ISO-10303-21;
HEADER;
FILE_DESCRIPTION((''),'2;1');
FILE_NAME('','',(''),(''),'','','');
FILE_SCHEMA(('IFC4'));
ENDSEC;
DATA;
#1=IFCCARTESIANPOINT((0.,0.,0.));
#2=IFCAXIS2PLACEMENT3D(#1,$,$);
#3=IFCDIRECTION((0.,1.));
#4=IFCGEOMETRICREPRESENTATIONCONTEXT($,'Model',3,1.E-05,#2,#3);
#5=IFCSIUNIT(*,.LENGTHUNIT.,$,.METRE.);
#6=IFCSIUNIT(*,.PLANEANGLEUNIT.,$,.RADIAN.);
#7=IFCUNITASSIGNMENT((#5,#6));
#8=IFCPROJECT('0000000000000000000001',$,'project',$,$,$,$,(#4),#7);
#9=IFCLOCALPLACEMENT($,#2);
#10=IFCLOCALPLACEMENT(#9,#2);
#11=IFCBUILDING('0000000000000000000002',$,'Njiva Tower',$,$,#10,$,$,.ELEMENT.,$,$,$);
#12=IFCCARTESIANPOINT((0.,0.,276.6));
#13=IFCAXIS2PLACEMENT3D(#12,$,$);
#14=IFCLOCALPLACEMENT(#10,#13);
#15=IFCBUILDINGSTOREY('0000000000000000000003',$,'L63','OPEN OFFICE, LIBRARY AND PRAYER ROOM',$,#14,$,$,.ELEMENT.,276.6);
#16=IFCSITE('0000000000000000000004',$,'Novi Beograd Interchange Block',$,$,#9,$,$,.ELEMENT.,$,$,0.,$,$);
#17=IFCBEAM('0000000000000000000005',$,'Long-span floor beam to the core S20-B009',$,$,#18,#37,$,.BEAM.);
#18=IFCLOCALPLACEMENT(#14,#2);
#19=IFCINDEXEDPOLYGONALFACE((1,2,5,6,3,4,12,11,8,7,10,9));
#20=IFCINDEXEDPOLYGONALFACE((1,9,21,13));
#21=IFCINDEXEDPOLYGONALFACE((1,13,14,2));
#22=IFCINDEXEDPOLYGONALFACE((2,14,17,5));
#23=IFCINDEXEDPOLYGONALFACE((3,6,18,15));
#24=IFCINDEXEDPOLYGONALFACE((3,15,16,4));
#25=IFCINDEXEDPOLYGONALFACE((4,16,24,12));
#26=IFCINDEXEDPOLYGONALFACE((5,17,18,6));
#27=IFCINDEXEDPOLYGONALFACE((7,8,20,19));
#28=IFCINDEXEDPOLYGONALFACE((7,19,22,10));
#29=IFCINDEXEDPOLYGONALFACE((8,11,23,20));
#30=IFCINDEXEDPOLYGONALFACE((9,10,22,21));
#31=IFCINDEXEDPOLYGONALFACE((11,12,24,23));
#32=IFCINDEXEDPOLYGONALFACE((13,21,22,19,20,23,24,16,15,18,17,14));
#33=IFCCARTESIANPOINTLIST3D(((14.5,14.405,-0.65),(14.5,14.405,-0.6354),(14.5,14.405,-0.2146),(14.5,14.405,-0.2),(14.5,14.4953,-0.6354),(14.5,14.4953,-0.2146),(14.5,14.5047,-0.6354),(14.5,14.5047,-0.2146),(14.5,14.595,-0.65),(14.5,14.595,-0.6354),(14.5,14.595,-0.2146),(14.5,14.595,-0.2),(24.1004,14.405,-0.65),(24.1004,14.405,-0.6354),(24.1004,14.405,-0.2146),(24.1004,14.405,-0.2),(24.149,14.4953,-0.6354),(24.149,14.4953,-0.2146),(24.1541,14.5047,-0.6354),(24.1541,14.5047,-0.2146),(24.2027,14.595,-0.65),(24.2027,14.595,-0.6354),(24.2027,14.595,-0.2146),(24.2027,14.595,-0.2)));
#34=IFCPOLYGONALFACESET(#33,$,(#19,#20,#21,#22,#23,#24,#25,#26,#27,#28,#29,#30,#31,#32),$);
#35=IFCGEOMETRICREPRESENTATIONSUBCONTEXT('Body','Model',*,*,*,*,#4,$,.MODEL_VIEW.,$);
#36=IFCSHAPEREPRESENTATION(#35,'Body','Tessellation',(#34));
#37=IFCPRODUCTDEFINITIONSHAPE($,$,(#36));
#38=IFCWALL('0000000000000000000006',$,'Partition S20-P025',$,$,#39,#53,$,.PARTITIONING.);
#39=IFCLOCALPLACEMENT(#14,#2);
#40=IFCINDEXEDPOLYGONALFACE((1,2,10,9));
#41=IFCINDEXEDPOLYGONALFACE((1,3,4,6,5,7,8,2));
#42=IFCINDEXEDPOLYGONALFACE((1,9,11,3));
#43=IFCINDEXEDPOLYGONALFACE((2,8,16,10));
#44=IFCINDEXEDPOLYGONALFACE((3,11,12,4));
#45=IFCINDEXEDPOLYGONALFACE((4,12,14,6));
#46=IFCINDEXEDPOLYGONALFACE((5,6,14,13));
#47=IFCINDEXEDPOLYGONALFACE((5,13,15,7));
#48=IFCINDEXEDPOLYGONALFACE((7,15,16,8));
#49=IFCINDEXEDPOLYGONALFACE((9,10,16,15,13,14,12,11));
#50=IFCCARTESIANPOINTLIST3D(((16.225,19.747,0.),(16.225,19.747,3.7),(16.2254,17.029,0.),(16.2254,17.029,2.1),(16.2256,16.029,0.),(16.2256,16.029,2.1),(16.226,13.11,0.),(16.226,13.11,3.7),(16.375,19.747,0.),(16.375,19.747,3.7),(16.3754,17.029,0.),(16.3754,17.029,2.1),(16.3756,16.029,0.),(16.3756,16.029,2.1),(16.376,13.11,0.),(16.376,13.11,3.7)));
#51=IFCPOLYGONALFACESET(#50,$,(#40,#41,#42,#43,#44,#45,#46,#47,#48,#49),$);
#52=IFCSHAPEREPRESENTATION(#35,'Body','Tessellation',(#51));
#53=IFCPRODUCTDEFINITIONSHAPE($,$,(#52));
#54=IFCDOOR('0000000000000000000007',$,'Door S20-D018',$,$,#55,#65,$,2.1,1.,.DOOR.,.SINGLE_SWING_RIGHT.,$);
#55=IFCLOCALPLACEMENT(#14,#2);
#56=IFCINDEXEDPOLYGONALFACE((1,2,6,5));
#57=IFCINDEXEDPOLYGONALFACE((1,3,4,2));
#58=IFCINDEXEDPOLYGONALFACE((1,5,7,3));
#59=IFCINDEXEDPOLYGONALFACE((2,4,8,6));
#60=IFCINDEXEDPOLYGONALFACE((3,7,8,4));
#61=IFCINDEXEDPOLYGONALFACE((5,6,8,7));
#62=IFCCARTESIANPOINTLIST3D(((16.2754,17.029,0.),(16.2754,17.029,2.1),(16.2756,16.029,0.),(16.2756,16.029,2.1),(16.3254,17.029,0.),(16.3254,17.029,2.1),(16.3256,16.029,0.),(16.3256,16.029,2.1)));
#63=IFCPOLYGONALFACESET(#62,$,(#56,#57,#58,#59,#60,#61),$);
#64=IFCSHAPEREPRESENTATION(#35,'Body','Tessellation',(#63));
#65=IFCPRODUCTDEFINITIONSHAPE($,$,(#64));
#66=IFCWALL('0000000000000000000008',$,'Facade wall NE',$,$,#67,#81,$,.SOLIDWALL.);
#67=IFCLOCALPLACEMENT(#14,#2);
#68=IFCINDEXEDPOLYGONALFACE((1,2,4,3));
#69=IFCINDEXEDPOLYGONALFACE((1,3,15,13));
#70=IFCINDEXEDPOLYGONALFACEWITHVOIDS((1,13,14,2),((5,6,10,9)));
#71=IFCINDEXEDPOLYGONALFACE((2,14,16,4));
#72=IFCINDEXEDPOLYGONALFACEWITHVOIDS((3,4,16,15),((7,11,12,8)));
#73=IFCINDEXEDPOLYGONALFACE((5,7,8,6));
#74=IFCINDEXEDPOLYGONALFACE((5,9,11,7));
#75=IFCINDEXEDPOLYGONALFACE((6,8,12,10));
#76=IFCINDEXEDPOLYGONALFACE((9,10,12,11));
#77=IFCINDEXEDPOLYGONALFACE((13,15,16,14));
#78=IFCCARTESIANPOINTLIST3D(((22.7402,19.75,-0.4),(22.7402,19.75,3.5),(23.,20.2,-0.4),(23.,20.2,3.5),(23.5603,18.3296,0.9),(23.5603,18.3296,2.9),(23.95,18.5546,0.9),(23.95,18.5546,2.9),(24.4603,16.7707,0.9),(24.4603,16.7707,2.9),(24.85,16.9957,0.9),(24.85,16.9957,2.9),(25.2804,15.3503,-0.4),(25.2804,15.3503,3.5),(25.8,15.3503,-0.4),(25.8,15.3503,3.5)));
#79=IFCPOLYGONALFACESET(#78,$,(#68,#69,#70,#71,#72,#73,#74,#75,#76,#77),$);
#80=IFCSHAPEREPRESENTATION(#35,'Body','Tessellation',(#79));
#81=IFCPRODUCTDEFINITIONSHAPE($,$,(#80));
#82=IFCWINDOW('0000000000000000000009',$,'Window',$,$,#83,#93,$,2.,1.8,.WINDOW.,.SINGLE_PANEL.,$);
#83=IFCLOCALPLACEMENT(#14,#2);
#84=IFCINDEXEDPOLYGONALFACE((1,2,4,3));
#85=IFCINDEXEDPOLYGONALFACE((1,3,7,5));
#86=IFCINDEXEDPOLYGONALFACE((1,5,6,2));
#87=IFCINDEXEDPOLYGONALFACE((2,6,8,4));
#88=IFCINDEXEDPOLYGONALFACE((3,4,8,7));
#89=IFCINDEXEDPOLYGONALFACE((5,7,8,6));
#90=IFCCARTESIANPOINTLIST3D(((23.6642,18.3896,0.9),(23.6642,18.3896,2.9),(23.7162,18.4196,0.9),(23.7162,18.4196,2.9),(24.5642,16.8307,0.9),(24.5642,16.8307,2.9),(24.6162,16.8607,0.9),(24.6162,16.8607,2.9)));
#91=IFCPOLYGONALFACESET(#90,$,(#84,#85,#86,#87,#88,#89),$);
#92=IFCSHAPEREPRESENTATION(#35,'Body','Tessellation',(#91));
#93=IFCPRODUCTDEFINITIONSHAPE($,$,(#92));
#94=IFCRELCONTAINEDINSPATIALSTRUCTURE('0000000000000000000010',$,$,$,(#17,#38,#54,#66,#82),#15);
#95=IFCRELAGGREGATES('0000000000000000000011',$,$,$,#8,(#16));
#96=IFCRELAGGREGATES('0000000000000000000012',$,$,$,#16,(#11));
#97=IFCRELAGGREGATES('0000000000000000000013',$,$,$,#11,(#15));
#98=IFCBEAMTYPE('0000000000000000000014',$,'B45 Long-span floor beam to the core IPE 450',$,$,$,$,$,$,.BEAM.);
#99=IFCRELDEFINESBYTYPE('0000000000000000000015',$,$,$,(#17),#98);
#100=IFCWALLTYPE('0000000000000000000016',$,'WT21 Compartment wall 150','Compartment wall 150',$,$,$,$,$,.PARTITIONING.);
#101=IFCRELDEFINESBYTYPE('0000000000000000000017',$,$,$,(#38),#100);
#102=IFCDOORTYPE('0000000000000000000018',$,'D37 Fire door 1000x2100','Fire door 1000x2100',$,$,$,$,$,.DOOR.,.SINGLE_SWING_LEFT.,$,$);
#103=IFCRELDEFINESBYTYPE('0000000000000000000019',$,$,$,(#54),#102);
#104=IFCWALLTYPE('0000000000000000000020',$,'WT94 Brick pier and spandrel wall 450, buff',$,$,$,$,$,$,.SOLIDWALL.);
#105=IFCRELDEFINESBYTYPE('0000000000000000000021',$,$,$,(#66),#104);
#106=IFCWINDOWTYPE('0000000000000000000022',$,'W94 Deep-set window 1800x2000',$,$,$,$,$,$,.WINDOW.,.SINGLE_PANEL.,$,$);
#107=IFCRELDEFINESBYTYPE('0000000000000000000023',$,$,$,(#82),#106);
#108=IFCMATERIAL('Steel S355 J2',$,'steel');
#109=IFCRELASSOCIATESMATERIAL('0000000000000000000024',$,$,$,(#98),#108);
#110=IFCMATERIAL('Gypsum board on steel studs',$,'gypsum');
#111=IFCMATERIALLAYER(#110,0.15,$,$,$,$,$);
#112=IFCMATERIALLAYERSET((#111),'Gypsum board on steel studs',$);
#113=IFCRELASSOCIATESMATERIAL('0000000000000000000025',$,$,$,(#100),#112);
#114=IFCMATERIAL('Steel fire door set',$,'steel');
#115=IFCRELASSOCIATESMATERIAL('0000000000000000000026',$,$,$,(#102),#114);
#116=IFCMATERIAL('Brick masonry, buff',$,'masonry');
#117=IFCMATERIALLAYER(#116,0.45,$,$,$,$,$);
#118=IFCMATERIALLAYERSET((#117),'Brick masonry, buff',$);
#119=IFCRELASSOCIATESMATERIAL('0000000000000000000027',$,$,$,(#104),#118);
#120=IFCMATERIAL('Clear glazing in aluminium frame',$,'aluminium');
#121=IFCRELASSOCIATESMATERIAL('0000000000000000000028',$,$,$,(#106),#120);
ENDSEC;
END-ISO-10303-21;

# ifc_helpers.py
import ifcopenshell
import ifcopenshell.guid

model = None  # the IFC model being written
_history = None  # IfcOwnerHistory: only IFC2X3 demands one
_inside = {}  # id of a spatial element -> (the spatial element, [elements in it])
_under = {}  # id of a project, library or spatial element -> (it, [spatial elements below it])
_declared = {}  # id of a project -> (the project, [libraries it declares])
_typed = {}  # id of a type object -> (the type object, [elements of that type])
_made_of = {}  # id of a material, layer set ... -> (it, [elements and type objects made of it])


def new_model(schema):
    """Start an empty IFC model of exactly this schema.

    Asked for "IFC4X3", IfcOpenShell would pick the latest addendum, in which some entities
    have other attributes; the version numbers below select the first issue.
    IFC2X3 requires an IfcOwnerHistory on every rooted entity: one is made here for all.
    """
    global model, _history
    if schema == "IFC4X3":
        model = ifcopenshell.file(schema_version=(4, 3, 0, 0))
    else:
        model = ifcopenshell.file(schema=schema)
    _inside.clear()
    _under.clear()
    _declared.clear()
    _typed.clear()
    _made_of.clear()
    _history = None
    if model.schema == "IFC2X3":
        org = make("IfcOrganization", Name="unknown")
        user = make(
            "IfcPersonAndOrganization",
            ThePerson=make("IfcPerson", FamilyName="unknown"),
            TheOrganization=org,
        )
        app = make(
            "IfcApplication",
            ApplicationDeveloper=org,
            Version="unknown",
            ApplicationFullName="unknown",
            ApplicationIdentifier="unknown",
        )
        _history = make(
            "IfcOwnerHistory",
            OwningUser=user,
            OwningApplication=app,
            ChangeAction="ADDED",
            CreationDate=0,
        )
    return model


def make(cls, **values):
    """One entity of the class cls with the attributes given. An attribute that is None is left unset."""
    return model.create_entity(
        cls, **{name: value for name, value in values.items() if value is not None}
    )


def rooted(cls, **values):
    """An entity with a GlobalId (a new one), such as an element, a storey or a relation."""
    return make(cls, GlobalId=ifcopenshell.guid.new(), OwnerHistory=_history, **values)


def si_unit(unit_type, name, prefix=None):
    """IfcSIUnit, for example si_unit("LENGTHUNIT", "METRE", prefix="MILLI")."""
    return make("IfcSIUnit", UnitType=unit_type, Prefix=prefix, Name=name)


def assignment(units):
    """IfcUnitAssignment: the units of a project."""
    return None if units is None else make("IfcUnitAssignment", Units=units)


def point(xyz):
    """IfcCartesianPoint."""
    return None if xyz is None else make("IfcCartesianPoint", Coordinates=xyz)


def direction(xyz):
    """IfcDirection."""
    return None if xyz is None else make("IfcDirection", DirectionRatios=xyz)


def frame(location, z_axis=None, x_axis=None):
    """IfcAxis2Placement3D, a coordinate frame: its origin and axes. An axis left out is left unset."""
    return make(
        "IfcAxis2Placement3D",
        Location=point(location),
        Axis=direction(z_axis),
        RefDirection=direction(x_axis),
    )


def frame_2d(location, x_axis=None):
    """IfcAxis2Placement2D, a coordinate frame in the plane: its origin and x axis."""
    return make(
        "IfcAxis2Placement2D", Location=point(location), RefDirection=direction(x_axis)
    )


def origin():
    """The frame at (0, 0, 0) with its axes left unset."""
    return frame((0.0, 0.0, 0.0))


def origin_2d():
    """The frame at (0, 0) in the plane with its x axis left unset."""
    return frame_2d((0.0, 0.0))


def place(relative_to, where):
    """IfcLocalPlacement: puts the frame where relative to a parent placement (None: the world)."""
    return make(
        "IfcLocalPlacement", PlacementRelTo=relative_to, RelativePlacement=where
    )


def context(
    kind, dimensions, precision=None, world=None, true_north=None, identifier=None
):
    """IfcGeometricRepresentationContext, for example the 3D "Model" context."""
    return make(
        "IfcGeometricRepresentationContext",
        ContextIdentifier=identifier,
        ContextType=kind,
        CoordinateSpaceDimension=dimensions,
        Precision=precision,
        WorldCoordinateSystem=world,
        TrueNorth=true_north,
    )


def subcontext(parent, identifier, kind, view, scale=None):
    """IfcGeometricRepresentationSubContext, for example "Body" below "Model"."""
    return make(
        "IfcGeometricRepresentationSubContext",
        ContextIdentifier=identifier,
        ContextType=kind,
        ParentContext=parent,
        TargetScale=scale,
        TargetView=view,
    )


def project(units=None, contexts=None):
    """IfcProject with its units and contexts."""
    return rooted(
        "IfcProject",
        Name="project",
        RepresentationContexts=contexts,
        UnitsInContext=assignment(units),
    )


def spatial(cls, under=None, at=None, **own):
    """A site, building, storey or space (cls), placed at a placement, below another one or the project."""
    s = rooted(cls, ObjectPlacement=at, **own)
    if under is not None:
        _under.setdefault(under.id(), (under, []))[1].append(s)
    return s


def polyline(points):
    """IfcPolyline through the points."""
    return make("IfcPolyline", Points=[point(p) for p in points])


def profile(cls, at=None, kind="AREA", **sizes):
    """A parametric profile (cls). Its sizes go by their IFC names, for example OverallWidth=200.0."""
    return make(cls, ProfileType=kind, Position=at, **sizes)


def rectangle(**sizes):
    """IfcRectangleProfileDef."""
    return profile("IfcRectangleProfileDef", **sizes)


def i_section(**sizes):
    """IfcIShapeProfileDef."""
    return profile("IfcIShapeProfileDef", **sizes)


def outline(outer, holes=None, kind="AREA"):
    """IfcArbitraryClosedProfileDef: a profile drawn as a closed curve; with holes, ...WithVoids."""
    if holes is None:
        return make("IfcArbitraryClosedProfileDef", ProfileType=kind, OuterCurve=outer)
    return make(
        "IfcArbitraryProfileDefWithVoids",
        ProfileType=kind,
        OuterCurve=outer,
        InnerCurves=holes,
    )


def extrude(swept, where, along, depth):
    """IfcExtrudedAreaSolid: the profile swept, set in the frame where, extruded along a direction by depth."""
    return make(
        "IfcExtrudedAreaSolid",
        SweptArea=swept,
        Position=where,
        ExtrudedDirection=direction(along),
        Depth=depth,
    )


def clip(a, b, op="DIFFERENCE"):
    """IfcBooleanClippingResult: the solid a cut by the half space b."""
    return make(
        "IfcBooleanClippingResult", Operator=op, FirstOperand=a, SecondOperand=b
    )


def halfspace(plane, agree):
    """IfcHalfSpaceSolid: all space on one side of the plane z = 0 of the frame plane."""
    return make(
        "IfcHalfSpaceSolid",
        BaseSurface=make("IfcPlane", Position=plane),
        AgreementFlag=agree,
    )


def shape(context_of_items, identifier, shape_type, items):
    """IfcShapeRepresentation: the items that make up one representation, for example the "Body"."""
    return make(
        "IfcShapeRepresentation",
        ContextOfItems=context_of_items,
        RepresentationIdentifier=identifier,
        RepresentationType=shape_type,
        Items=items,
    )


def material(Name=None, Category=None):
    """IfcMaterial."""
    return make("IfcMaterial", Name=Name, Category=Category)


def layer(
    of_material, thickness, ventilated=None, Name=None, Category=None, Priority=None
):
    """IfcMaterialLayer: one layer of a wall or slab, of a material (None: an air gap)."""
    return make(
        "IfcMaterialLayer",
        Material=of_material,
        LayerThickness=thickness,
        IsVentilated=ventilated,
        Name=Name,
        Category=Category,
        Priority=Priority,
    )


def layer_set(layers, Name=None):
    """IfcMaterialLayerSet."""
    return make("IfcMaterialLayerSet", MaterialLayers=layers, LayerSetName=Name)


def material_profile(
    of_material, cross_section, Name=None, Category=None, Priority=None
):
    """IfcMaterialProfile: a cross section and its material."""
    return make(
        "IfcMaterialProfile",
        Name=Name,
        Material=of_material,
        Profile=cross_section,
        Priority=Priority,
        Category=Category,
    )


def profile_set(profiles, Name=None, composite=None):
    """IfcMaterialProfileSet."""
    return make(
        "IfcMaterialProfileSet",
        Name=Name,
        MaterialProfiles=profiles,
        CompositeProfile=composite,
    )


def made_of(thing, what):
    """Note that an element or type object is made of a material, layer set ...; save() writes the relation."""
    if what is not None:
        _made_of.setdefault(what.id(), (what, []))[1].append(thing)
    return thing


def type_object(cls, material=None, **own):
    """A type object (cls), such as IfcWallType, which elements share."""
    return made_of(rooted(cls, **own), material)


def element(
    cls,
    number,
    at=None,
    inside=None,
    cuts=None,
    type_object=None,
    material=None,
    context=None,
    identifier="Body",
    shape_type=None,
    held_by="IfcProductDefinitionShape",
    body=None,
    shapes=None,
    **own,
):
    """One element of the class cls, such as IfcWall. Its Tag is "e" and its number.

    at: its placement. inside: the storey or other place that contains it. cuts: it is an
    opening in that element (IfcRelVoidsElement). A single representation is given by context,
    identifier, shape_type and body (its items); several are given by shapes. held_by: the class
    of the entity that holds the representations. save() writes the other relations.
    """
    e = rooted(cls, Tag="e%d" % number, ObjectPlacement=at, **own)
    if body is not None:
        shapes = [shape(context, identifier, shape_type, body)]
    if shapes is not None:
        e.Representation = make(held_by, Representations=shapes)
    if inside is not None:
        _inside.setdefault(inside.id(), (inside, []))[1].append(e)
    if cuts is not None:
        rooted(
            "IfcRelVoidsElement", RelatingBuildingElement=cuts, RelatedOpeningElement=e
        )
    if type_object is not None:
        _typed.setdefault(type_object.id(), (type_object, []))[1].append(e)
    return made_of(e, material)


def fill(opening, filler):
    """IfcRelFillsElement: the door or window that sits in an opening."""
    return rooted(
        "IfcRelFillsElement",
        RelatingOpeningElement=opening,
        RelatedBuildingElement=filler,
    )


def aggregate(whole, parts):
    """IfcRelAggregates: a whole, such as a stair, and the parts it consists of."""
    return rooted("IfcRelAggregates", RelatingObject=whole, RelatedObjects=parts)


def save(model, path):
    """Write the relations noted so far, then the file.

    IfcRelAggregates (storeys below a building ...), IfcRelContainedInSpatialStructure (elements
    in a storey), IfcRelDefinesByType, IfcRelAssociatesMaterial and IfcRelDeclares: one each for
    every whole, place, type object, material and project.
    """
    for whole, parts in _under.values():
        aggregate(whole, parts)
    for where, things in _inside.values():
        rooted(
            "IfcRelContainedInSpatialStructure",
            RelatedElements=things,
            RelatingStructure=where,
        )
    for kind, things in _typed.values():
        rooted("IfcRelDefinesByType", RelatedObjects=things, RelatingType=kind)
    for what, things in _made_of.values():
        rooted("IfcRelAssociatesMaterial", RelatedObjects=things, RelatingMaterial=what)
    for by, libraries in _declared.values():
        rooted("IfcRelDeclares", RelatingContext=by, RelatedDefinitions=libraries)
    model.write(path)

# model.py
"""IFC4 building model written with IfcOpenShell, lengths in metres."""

from ifc_helpers import new_model, si_unit, direction, frame, frame_2d, origin, origin_2d, place, context, subcontext, project, spatial, polyline, rectangle, i_section, outline, extrude, clip, halfspace, material, layer, layer_set, material_profile, profile_set, type_object, element, fill, save


model = new_model("IFC4")

# Units and contexts
model_context = context("Model", 3, precision=1e-05, world=origin(), true_north=direction((0.0, 1.0)))
body_context = subcontext(model_context, "Body", "Model", "MODEL_VIEW")
ifc_project = project(units=[si_unit("LENGTHUNIT", "METRE"), si_unit("PLANEANGLEUNIT", "RADIAN")], contexts=[model_context])

# Site, building, storey
site_placement = place(None, origin())
site = spatial("IfcSite", under=ifc_project, at=site_placement, Name="Novi Beograd Interchange Block", CompositionType="ELEMENT", RefElevation=0.0)
building_placement = place(site_placement, origin())
building = spatial("IfcBuilding", under=site, at=building_placement, Name="Njiva Tower", CompositionType="ELEMENT")
storey_placement = place(building_placement, frame((0.0, 0.0, 276.6)))
storey = spatial("IfcBuildingStorey", under=building, at=storey_placement, Name="L63", Description="OPEN OFFICE, LIBRARY AND PRAYER ROOM", CompositionType="ELEMENT", Elevation=276.6)

# Shared definitions
ifc_material_1 = material(Name="Steel S355 J2", Category="steel")

# Beam
ifc_material_profile_1 = material_profile(ifc_material_1, i_section(OverallWidth=0.19, OverallDepth=0.45, WebThickness=0.0094, FlangeThickness=0.0146, at=origin_2d()), Name="IPE 450")
ifc_profile_set_1 = profile_set([ifc_material_profile_1], Name="Steel S355 J2")
beam_type_1 = type_object("IfcBeamType", Name="B45 Long-span floor beam to the core IPE 450", PredefinedType="BEAM", material=ifc_profile_set_1)
beam_1_placement = place(storey_placement, frame((14.5, 14.5, -0.425), z_axis=(1.0, 0.0, 0.0), x_axis=(0.0, 1.0, 0.0)))
element("IfcBeam", 1, at=beam_1_placement, inside=storey, type_object=beam_type_1, Name="Long-span floor beam to the core S20-B009", PredefinedType="BEAM", context=body_context, shape_type="Clipping", body=[
    clip(extrude(i_section(OverallWidth=0.19, OverallDepth=0.45, WebThickness=0.0094, FlangeThickness=0.0146, at=origin_2d()), origin(), (0.0, 0.0, 1.0), 9.723), halfspace(frame((-0.0237, 0.0, 9.6388), z_axis=(-0.473769, 0.0, 0.880649), x_axis=(0.0, 1.0, 0.0)), False)),
])

# Wall, opening, door
ifc_material_2 = material(Name="Gypsum board on steel studs", Category="gypsum")
ifc_layer_1 = layer(ifc_material_2, 0.15)
ifc_layer_set_1 = layer_set([ifc_layer_1], Name="Gypsum board on steel studs")
wall_type_1 = type_object("IfcWallType", Name="WT21 Compartment wall 150", Description="Compartment wall 150", PredefinedType="PARTITIONING", material=ifc_layer_set_1)
wall_1_placement = place(storey_placement, frame((16.3, 19.747, 0.0), z_axis=(0.0, 0.0, 1.0), x_axis=(0.000151, -1.0, 0.0)))
wall_1 = element("IfcWall", 2, at=wall_1_placement, inside=storey, type_object=wall_type_1, Name="Partition S20-P025", PredefinedType="PARTITIONING", context=body_context, shape_type="SweptSolid", body=[
    extrude(rectangle(XDim=6.637, YDim=0.15, at=frame_2d((3.3185, 0.0))), origin(), (0.0, 0.0, 1.0), 3.7),
])
opening_1_placement = place(wall_1_placement, frame((2.718, 0.0, 0.0)))
opening_1 = element("IfcOpeningElement", 3, at=opening_1_placement, cuts=wall_1, PredefinedType="OPENING", context=body_context, shape_type="SweptSolid", body=[
    extrude(rectangle(XDim=1.0, YDim=2.1, at=frame_2d((0.5, 1.05))), frame((0.0, 0.085, 0.0), z_axis=(0.0, -1.0, 0.0), x_axis=(1.0, 0.0, 0.0)), (0.0, 0.0, 1.0), 0.17),
])
ifc_material_3 = material(Name="Steel fire door set", Category="steel")
door_type = type_object("IfcDoorType", Name="D37 Fire door 1000x2100", Description="Fire door 1000x2100", OperationType="SINGLE_SWING_LEFT", PredefinedType="DOOR", material=ifc_material_3)
door_placement = place(opening_1_placement, origin())
door = element("IfcDoor", 4, at=door_placement, inside=storey, type_object=door_type, Name="Door S20-D018", OperationType="SINGLE_SWING_RIGHT", OverallHeight=2.1, OverallWidth=1.0, PredefinedType="DOOR", context=body_context, shape_type="SweptSolid", body=[
    extrude(rectangle(XDim=1.0, YDim=2.1, at=frame_2d((0.5, 1.05))), frame((0.0, 0.025, 0.0), z_axis=(0.0, -1.0, 0.0), x_axis=(1.0, 0.0, 0.0)), (0.0, 0.0, 1.0), 0.05),
])
fill(opening_1, door)

# Shared definitions
ifc_material_4 = material(Name="Clear glazing in aluminium frame", Category="aluminium")

# Wall, opening, window
ifc_material_5 = material(Name="Brick masonry, buff", Category="masonry")
ifc_layer_2 = layer(ifc_material_5, 0.45)
ifc_layer_set_2 = layer_set([ifc_layer_2], Name="Brick masonry, buff")
wall_type_2 = type_object("IfcWallType", Name="WT94 Brick pier and spandrel wall 450, buff", PredefinedType="SOLIDWALL", material=ifc_layer_set_2)
wall_2_placement = place(storey_placement, frame((25.5402, 15.3503, -0.4), z_axis=(0.0, 0.0, 1.0), x_axis=(-0.500004, 0.866023, 0.0)))
wall_2 = element("IfcWall", 5, at=wall_2_placement, inside=storey, type_object=wall_type_2, Name="Facade wall NE", PredefinedType="SOLIDWALL", context=body_context, shape_type="SweptSolid", body=[
    extrude(outline(polyline([(-0.1299, -0.225), (5.4701, -0.225), (5.2103, 0.225), (0.1299, 0.225), (-0.1299, -0.225)])), origin(), (0.0, 0.0, 1.0), 3.9),
])
opening_2_placement = place(wall_2_placement, frame((1.7701, 0.0, 1.3)))
opening_2 = element("IfcOpeningElement", 6, at=opening_2_placement, cuts=wall_2, PredefinedType="OPENING", context=body_context, shape_type="SweptSolid", body=[
    extrude(rectangle(XDim=1.8, YDim=2.0, at=frame_2d((0.9, 1.0))), frame((0.0, 0.235, 0.0), z_axis=(0.0, -1.0, 0.0), x_axis=(1.0, 0.0, 0.0)), (0.0, 0.0, 1.0), 0.47),
])
window_type_1 = type_object("IfcWindowType", Name="W94 Deep-set window 1800x2000", PartitioningType="SINGLE_PANEL", PredefinedType="WINDOW", material=ifc_material_4)
window_1_placement = place(opening_2_placement, origin())
window_1 = element("IfcWindow", 7, at=window_1_placement, inside=storey, type_object=window_type_1, Name="Window", OverallHeight=2.0, OverallWidth=1.8, PartitioningType="SINGLE_PANEL", PredefinedType="WINDOW", context=body_context, shape_type="SweptSolid", body=[
    extrude(rectangle(XDim=1.8, YDim=2.0, at=frame_2d((0.9, 1.0))), frame((0.0, 0.105, 0.0), z_axis=(0.0, -1.0, 0.0), x_axis=(1.0, 0.0, 0.0)), (0.0, 0.0, 1.0), 0.06),
])
fill(opening_2, window_1)

save(model, "model.ifc")
